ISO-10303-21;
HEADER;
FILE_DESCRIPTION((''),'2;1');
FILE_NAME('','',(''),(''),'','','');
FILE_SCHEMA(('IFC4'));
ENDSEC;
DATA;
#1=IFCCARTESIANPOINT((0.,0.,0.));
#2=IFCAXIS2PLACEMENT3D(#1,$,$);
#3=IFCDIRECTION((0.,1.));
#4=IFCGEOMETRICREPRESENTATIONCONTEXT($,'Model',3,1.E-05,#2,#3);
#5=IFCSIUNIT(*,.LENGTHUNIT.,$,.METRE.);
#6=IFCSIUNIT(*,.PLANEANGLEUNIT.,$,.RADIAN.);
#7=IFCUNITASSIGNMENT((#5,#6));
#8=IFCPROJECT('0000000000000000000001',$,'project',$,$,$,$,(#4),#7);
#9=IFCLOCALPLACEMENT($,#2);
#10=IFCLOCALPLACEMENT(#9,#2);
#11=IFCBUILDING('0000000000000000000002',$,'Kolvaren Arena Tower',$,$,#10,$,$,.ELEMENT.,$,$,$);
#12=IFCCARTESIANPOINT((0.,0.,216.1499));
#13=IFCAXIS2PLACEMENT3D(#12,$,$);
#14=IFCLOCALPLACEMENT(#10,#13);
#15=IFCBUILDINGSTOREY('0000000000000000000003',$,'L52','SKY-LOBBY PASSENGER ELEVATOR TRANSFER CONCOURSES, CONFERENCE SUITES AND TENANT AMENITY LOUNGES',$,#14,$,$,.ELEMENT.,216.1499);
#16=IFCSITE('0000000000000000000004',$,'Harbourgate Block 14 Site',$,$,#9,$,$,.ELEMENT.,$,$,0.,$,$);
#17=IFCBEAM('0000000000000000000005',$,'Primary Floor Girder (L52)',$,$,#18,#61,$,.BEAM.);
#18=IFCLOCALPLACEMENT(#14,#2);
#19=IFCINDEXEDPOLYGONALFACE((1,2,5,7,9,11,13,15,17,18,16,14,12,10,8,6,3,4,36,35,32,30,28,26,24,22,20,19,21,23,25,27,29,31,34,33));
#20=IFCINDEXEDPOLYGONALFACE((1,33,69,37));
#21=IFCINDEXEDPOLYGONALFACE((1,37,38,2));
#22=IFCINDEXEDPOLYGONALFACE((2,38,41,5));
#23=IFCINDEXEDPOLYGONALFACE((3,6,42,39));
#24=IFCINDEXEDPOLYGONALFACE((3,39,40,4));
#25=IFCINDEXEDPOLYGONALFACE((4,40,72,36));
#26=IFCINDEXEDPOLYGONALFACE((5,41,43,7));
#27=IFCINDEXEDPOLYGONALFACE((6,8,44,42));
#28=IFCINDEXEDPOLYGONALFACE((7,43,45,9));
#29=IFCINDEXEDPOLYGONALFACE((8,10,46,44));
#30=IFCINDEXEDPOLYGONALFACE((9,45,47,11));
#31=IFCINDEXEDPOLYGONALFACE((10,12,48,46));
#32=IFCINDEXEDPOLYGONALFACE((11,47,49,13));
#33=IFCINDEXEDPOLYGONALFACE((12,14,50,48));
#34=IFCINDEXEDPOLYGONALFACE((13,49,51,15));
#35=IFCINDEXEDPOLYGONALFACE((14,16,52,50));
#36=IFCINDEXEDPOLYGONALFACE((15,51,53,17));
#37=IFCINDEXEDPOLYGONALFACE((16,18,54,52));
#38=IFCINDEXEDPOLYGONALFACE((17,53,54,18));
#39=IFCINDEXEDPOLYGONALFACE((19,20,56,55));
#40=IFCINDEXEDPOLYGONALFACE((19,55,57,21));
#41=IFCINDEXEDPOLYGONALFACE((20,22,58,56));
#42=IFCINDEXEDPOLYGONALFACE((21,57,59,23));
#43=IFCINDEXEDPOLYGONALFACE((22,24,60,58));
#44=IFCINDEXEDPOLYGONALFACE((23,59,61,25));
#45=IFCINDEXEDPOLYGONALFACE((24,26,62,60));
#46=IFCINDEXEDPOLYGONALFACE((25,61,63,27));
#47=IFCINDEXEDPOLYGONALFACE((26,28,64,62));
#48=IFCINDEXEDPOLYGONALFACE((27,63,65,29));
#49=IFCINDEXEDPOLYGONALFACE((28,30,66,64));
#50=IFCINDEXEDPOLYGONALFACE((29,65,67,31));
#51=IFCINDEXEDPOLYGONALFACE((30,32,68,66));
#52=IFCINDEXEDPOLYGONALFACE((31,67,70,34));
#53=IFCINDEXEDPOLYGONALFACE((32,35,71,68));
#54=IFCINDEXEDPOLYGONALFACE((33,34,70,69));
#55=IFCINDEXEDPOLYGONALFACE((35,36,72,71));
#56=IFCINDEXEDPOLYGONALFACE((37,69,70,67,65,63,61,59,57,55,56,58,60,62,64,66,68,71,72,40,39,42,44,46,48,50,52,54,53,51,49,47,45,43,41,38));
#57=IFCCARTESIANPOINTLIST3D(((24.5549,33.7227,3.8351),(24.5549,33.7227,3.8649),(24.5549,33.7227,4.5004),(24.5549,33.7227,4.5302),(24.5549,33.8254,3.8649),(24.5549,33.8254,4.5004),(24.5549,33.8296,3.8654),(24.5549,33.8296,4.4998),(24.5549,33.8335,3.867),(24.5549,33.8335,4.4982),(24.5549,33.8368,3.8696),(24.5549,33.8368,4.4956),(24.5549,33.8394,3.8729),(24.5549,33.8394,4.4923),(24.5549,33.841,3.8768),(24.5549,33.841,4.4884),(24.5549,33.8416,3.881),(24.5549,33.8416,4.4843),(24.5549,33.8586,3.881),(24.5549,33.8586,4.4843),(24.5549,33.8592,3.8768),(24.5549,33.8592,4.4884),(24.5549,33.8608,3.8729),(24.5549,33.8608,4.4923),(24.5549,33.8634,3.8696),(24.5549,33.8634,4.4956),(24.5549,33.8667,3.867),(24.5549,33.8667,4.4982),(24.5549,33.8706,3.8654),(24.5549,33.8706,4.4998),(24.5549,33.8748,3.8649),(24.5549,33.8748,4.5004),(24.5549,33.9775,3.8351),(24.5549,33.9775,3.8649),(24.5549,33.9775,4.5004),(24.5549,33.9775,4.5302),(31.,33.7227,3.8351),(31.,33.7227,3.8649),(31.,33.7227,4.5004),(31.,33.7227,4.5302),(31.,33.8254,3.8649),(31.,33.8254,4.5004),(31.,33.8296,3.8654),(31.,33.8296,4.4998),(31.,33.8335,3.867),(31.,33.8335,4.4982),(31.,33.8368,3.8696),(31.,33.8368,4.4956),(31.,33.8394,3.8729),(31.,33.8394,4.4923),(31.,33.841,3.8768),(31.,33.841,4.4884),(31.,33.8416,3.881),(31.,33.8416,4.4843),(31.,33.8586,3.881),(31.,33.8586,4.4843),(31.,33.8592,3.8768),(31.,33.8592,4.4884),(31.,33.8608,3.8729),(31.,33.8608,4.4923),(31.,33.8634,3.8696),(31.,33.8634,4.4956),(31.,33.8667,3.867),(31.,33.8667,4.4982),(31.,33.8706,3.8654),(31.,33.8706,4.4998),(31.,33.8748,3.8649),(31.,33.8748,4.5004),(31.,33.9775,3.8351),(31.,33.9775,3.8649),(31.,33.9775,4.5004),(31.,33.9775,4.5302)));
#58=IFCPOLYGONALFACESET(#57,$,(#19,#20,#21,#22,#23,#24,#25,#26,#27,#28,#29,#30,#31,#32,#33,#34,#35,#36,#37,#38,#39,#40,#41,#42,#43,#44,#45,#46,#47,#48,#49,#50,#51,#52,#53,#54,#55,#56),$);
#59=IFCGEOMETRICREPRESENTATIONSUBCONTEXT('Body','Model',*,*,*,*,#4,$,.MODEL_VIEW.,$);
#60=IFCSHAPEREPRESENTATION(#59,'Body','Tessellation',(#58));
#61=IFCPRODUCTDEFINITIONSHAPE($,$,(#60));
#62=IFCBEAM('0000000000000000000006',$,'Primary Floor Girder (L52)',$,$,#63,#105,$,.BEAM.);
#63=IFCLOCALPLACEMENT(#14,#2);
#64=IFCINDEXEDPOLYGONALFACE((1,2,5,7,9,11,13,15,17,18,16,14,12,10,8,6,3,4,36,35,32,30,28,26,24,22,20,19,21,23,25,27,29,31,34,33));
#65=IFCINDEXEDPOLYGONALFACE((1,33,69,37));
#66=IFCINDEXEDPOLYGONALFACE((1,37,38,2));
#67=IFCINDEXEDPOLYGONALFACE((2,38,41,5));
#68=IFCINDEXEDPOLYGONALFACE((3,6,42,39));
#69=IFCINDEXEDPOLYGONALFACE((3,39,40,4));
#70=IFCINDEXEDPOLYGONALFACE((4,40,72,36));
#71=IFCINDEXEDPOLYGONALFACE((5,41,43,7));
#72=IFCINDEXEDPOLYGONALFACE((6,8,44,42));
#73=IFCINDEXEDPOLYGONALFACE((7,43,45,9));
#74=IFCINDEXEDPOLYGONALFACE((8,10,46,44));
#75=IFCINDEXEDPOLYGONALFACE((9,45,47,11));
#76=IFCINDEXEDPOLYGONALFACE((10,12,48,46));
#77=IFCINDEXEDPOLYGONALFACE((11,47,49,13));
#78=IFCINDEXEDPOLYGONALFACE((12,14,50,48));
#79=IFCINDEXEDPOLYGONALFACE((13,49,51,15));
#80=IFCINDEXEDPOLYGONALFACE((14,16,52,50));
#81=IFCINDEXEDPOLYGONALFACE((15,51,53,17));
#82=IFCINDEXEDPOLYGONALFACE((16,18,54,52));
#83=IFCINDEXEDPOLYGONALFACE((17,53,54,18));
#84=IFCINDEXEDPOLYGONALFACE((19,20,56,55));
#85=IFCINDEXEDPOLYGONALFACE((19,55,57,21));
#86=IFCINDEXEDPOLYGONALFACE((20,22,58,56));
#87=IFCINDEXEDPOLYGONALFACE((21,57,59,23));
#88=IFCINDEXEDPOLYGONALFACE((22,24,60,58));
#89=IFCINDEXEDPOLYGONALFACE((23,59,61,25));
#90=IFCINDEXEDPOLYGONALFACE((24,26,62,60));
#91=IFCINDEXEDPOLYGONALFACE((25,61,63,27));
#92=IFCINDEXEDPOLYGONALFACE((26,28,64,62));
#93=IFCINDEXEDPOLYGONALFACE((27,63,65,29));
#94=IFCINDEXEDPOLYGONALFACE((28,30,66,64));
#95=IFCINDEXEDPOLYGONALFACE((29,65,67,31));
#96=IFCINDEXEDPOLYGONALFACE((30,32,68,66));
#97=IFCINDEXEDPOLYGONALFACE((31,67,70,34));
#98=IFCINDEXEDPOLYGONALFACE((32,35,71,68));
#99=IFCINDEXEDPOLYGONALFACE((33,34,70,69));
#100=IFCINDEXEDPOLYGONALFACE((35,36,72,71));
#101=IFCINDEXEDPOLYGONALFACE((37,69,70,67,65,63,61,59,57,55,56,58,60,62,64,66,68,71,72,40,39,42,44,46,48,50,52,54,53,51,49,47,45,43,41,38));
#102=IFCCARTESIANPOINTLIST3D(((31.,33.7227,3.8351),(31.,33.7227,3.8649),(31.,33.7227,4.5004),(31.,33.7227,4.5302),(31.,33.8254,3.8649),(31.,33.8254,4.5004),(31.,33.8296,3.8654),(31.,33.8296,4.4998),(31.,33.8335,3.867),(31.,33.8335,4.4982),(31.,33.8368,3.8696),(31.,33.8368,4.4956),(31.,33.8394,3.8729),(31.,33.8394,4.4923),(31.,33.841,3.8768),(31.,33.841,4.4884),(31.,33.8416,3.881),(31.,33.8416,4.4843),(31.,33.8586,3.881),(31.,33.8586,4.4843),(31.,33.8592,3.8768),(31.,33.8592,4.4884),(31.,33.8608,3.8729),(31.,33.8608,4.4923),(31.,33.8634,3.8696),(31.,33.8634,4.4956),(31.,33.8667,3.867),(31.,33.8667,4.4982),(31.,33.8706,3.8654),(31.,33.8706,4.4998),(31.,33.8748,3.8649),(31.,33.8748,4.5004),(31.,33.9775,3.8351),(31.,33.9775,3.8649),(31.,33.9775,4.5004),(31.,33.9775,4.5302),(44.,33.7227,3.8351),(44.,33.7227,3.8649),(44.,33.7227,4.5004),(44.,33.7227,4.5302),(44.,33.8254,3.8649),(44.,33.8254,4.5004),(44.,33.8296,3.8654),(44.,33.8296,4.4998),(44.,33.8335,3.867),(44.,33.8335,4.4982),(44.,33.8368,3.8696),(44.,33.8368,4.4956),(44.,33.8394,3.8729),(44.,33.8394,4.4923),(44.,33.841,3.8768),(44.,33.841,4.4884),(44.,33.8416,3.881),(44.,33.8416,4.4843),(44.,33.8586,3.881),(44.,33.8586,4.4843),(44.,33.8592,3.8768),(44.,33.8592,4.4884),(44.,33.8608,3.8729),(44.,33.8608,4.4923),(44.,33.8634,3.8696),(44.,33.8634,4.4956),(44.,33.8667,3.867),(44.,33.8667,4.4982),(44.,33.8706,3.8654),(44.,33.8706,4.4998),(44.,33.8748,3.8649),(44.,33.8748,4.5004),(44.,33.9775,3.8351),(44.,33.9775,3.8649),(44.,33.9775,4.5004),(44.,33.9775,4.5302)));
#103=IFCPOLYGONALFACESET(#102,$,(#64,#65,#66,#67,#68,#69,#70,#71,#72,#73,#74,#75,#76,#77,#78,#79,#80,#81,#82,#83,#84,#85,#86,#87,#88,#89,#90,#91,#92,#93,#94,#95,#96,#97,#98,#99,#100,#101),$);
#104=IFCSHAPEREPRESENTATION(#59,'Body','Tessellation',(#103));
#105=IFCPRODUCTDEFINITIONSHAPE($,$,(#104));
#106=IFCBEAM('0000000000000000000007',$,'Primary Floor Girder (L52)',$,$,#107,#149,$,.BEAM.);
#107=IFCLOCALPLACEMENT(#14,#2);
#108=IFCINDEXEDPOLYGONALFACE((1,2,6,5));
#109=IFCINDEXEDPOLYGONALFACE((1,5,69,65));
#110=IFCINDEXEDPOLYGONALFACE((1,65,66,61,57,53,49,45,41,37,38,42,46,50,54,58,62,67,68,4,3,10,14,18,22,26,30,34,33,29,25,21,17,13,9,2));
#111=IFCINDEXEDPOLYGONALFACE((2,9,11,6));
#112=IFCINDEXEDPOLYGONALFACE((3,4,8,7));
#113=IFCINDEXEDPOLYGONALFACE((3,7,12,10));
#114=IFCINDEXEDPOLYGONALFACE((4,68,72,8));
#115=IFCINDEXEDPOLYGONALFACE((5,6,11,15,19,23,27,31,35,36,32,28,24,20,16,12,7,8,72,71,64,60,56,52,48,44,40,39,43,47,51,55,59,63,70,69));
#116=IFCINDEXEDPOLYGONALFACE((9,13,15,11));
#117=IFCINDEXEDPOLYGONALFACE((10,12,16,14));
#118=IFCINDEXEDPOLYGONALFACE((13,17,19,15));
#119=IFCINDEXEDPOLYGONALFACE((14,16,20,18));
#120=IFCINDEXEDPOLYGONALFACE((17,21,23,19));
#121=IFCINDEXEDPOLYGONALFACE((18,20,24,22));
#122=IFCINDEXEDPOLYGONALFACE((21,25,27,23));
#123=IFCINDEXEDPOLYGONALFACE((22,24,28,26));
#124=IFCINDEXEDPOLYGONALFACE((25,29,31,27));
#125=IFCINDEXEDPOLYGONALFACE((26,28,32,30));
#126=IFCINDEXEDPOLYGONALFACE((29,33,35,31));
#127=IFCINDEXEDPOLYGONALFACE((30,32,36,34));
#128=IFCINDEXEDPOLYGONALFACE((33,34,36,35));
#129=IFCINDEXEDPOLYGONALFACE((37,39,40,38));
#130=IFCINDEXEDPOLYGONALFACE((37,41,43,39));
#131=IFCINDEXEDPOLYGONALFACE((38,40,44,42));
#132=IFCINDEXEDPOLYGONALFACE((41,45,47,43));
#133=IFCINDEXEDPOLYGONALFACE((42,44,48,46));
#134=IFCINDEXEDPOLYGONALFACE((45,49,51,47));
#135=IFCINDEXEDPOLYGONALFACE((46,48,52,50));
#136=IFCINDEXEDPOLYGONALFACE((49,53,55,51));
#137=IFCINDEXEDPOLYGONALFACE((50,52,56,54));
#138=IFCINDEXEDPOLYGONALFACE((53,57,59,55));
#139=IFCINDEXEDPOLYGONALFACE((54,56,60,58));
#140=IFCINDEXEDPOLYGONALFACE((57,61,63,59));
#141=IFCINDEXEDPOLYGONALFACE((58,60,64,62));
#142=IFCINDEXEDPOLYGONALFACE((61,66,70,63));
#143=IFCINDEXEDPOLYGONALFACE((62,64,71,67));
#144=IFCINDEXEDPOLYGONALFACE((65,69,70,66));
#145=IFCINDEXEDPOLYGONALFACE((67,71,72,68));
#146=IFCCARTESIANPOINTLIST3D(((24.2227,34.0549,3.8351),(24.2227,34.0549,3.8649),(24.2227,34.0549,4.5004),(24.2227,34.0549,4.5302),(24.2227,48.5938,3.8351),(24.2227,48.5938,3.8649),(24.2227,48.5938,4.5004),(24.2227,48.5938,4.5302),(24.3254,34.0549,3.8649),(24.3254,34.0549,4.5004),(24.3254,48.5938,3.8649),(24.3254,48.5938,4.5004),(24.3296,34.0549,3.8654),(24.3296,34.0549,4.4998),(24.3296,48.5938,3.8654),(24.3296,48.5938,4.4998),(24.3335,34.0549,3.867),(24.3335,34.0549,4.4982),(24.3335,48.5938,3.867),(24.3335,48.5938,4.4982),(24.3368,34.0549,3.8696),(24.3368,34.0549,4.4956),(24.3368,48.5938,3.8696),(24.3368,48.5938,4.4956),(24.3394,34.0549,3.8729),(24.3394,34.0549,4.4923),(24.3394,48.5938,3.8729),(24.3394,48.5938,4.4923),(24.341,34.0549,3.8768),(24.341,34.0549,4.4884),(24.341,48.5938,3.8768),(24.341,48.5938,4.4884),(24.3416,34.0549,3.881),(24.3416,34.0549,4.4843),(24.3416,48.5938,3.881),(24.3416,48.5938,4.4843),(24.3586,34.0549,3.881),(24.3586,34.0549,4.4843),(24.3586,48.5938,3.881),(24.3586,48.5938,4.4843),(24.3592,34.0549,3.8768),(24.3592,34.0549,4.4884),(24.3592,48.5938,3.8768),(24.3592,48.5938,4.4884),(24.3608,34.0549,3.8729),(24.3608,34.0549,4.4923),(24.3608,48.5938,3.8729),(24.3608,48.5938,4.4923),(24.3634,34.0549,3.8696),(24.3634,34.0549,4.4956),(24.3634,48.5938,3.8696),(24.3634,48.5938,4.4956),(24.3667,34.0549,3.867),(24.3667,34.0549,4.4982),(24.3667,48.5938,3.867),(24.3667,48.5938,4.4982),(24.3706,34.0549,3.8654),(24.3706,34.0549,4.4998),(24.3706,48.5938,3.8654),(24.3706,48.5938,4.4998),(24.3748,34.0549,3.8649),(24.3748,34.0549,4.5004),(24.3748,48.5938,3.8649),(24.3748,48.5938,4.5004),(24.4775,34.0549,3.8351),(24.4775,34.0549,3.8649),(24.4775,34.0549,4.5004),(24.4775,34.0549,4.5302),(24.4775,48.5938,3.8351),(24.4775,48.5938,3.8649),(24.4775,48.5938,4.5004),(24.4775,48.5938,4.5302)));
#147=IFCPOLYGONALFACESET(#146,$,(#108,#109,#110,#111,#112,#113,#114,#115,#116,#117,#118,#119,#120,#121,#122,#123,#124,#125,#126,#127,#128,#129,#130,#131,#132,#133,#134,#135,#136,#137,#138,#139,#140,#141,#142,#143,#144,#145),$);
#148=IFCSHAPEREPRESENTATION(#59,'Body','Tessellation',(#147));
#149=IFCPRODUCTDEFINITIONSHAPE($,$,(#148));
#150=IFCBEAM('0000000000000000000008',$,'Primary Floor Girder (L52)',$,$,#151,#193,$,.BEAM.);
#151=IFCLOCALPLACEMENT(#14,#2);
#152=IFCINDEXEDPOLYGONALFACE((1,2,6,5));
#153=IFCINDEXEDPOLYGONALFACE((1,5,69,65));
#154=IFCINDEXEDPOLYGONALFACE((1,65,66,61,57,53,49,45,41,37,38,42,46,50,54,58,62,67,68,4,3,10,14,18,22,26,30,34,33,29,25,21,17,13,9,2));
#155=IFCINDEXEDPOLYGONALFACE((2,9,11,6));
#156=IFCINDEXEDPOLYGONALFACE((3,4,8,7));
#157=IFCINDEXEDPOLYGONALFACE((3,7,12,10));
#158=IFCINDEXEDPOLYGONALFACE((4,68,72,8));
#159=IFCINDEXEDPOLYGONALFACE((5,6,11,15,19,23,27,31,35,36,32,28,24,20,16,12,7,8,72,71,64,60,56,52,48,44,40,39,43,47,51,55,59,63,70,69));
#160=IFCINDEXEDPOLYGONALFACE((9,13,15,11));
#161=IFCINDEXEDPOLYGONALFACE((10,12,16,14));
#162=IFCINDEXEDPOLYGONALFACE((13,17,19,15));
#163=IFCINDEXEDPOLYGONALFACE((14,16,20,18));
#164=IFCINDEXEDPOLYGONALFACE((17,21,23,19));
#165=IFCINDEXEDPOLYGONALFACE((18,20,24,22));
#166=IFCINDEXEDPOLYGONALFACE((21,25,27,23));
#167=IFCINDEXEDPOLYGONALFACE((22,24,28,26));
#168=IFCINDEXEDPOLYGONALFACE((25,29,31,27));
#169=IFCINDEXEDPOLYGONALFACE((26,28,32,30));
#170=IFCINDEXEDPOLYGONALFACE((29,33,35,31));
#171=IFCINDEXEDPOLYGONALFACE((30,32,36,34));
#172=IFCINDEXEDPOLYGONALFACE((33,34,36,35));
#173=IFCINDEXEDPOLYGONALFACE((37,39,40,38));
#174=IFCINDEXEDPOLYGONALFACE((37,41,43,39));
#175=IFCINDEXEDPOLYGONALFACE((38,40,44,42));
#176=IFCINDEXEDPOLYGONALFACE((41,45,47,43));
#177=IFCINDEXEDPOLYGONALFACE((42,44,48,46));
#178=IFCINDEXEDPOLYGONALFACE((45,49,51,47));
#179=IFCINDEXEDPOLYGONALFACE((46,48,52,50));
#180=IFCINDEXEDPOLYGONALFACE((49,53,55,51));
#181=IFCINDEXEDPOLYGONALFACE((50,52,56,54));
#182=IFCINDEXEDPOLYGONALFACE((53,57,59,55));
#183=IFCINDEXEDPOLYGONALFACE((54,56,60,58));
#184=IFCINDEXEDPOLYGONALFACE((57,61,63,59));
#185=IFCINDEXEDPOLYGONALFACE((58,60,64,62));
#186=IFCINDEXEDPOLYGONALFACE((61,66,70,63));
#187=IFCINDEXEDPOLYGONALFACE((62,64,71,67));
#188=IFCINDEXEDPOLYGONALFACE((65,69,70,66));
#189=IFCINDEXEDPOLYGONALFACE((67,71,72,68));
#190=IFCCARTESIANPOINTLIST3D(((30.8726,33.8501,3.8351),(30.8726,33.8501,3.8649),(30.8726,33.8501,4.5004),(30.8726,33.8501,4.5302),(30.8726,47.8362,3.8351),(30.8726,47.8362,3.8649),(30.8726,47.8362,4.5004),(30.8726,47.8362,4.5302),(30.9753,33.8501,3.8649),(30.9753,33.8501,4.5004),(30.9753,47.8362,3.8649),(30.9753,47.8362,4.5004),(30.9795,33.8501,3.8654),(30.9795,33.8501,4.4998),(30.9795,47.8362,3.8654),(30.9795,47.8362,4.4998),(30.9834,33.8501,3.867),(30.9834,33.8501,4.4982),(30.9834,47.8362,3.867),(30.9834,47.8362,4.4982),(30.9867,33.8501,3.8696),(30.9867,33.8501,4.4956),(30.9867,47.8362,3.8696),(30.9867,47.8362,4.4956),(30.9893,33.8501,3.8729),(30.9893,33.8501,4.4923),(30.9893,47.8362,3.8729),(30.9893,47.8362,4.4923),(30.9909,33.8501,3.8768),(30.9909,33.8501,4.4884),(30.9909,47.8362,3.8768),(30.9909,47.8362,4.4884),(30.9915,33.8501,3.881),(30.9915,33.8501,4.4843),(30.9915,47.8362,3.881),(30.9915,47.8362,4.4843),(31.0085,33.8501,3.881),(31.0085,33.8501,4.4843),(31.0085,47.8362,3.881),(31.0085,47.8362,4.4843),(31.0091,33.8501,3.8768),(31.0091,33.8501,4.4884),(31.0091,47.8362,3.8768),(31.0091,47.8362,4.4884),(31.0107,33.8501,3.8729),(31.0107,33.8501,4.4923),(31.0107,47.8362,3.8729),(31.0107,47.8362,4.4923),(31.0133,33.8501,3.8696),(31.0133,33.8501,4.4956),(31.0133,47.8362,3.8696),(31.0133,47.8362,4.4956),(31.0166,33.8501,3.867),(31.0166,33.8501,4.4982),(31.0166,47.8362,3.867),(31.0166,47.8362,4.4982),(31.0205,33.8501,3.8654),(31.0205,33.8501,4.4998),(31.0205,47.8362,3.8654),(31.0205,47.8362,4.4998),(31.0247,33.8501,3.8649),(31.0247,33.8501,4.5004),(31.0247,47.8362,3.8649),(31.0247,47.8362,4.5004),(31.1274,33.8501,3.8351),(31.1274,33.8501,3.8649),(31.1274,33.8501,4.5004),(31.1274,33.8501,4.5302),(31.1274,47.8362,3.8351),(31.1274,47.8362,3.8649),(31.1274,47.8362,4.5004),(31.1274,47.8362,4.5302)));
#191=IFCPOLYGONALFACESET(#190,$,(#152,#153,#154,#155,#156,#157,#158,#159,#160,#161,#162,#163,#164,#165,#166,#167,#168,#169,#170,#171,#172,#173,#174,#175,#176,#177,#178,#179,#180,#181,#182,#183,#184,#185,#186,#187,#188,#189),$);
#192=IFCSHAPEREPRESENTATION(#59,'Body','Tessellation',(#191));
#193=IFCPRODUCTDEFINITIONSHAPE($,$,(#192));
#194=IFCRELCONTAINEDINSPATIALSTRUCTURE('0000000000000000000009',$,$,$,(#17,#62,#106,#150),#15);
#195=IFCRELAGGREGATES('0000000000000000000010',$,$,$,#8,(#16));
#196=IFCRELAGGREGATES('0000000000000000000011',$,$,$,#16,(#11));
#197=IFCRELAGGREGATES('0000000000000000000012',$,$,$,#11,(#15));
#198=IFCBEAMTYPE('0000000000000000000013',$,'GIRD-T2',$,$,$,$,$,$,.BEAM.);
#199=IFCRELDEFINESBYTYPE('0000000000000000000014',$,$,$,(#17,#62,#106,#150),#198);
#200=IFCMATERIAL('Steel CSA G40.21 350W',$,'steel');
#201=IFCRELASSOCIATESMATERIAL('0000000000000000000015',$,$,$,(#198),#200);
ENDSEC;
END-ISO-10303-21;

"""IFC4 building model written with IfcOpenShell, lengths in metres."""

from ifc_helpers import new_model, si_unit, direction, frame, origin, origin_2d, place, context, subcontext, project, spatial, i_section, extrude, material, material_profile, profile_set, type_object, element, save


model = new_model("IFC4")

# Units and contexts
model_context = context("Model", 3, precision=1e-05, world=origin(), true_north=direction((0.0, 1.0)))
body_context = subcontext(model_context, "Body", "Model", "MODEL_VIEW")
ifc_project = project(units=[si_unit("LENGTHUNIT", "METRE"), si_unit("PLANEANGLEUNIT", "RADIAN")], contexts=[model_context])

# Site, building, storey
site_placement = place(None, origin())
site = spatial("IfcSite", under=ifc_project, at=site_placement, Name="Harbourgate Block 14 Site", CompositionType="ELEMENT", RefElevation=0.0)
building_placement = place(site_placement, origin())
building = spatial("IfcBuilding", under=site, at=building_placement, Name="Kolvaren Arena Tower", CompositionType="ELEMENT")
storey_placement = place(building_placement, frame((0.0, 0.0, 216.1499)))
storey = spatial("IfcBuildingStorey", under=building, at=storey_placement, Name="L52", Description="SKY-LOBBY PASSENGER ELEVATOR TRANSFER CONCOURSES, CONFERENCE SUITES AND TENANT AMENITY LOUNGES", CompositionType="ELEMENT", Elevation=216.1499)

# Beams
ifc_material_1 = material(Name="Steel CSA G40.21 350W", Category="steel")
ifc_material_profile_1 = material_profile(ifc_material_1, i_section(OverallWidth=0.2549, OverallDepth=0.6951, WebThickness=0.0171, FlangeThickness=0.0298, FilletRadius=0.0161, at=origin_2d()), Name="W690x217")
ifc_profile_set_1 = profile_set([ifc_material_profile_1], Name="Steel CSA G40.21 350W")
beam_type_1 = type_object("IfcBeamType", Name="GIRD-T2", PredefinedType="BEAM", material=ifc_profile_set_1)
beam_1_placement = place(storey_placement, frame((24.5549, 33.8501, 4.1826), z_axis=(1.0, 0.0, 0.0), x_axis=(0.0, 1.0, 0.0)))
element("IfcBeam", 1, at=beam_1_placement, inside=storey, type_object=beam_type_1, Name="Primary Floor Girder (L52)", PredefinedType="BEAM", context=body_context, shape_type="SweptSolid", body=[
    extrude(i_section(OverallWidth=0.2549, OverallDepth=0.6951, WebThickness=0.0171, FlangeThickness=0.0298, FilletRadius=0.0161, at=origin_2d()), origin(), (0.0, 0.0, 1.0), 6.4451),
])
beam_2_placement = place(storey_placement, frame((31.0, 33.8501, 4.1826), z_axis=(1.0, 0.0, 0.0), x_axis=(0.0, 1.0, 0.0)))
element("IfcBeam", 2, at=beam_2_placement, inside=storey, type_object=beam_type_1, Name="Primary Floor Girder (L52)", PredefinedType="BEAM", context=body_context, shape_type="SweptSolid", body=[
    extrude(i_section(OverallWidth=0.2549, OverallDepth=0.6951, WebThickness=0.0171, FlangeThickness=0.0298, FilletRadius=0.0161, at=origin_2d()), origin(), (0.0, 0.0, 1.0), 13.0),
])
beam_3_placement = place(storey_placement, frame((24.3501, 34.0549, 4.1826), z_axis=(0.0, 1.0, 0.0), x_axis=(-1.0, 0.0, 0.0)))
element("IfcBeam", 3, at=beam_3_placement, inside=storey, type_object=beam_type_1, Name="Primary Floor Girder (L52)", PredefinedType="BEAM", context=body_context, shape_type="SweptSolid", body=[
    extrude(i_section(OverallWidth=0.2549, OverallDepth=0.6951, WebThickness=0.0171, FlangeThickness=0.0298, FilletRadius=0.0161, at=origin_2d()), origin(), (0.0, 0.0, 1.0), 14.5388),
])
beam_4_placement = place(storey_placement, frame((31.0, 33.8501, 4.1826), z_axis=(0.0, 1.0, 0.0), x_axis=(-1.0, 0.0, 0.0)))
element("IfcBeam", 4, at=beam_4_placement, inside=storey, type_object=beam_type_1, Name="Primary Floor Girder (L52)", PredefinedType="BEAM", context=body_context, shape_type="SweptSolid", body=[
    extrude(i_section(OverallWidth=0.2549, OverallDepth=0.6951, WebThickness=0.0171, FlangeThickness=0.0298, FilletRadius=0.0161, at=origin_2d()), origin(), (0.0, 0.0, 1.0), 13.9861),
])

save(model, "model.ifc")
